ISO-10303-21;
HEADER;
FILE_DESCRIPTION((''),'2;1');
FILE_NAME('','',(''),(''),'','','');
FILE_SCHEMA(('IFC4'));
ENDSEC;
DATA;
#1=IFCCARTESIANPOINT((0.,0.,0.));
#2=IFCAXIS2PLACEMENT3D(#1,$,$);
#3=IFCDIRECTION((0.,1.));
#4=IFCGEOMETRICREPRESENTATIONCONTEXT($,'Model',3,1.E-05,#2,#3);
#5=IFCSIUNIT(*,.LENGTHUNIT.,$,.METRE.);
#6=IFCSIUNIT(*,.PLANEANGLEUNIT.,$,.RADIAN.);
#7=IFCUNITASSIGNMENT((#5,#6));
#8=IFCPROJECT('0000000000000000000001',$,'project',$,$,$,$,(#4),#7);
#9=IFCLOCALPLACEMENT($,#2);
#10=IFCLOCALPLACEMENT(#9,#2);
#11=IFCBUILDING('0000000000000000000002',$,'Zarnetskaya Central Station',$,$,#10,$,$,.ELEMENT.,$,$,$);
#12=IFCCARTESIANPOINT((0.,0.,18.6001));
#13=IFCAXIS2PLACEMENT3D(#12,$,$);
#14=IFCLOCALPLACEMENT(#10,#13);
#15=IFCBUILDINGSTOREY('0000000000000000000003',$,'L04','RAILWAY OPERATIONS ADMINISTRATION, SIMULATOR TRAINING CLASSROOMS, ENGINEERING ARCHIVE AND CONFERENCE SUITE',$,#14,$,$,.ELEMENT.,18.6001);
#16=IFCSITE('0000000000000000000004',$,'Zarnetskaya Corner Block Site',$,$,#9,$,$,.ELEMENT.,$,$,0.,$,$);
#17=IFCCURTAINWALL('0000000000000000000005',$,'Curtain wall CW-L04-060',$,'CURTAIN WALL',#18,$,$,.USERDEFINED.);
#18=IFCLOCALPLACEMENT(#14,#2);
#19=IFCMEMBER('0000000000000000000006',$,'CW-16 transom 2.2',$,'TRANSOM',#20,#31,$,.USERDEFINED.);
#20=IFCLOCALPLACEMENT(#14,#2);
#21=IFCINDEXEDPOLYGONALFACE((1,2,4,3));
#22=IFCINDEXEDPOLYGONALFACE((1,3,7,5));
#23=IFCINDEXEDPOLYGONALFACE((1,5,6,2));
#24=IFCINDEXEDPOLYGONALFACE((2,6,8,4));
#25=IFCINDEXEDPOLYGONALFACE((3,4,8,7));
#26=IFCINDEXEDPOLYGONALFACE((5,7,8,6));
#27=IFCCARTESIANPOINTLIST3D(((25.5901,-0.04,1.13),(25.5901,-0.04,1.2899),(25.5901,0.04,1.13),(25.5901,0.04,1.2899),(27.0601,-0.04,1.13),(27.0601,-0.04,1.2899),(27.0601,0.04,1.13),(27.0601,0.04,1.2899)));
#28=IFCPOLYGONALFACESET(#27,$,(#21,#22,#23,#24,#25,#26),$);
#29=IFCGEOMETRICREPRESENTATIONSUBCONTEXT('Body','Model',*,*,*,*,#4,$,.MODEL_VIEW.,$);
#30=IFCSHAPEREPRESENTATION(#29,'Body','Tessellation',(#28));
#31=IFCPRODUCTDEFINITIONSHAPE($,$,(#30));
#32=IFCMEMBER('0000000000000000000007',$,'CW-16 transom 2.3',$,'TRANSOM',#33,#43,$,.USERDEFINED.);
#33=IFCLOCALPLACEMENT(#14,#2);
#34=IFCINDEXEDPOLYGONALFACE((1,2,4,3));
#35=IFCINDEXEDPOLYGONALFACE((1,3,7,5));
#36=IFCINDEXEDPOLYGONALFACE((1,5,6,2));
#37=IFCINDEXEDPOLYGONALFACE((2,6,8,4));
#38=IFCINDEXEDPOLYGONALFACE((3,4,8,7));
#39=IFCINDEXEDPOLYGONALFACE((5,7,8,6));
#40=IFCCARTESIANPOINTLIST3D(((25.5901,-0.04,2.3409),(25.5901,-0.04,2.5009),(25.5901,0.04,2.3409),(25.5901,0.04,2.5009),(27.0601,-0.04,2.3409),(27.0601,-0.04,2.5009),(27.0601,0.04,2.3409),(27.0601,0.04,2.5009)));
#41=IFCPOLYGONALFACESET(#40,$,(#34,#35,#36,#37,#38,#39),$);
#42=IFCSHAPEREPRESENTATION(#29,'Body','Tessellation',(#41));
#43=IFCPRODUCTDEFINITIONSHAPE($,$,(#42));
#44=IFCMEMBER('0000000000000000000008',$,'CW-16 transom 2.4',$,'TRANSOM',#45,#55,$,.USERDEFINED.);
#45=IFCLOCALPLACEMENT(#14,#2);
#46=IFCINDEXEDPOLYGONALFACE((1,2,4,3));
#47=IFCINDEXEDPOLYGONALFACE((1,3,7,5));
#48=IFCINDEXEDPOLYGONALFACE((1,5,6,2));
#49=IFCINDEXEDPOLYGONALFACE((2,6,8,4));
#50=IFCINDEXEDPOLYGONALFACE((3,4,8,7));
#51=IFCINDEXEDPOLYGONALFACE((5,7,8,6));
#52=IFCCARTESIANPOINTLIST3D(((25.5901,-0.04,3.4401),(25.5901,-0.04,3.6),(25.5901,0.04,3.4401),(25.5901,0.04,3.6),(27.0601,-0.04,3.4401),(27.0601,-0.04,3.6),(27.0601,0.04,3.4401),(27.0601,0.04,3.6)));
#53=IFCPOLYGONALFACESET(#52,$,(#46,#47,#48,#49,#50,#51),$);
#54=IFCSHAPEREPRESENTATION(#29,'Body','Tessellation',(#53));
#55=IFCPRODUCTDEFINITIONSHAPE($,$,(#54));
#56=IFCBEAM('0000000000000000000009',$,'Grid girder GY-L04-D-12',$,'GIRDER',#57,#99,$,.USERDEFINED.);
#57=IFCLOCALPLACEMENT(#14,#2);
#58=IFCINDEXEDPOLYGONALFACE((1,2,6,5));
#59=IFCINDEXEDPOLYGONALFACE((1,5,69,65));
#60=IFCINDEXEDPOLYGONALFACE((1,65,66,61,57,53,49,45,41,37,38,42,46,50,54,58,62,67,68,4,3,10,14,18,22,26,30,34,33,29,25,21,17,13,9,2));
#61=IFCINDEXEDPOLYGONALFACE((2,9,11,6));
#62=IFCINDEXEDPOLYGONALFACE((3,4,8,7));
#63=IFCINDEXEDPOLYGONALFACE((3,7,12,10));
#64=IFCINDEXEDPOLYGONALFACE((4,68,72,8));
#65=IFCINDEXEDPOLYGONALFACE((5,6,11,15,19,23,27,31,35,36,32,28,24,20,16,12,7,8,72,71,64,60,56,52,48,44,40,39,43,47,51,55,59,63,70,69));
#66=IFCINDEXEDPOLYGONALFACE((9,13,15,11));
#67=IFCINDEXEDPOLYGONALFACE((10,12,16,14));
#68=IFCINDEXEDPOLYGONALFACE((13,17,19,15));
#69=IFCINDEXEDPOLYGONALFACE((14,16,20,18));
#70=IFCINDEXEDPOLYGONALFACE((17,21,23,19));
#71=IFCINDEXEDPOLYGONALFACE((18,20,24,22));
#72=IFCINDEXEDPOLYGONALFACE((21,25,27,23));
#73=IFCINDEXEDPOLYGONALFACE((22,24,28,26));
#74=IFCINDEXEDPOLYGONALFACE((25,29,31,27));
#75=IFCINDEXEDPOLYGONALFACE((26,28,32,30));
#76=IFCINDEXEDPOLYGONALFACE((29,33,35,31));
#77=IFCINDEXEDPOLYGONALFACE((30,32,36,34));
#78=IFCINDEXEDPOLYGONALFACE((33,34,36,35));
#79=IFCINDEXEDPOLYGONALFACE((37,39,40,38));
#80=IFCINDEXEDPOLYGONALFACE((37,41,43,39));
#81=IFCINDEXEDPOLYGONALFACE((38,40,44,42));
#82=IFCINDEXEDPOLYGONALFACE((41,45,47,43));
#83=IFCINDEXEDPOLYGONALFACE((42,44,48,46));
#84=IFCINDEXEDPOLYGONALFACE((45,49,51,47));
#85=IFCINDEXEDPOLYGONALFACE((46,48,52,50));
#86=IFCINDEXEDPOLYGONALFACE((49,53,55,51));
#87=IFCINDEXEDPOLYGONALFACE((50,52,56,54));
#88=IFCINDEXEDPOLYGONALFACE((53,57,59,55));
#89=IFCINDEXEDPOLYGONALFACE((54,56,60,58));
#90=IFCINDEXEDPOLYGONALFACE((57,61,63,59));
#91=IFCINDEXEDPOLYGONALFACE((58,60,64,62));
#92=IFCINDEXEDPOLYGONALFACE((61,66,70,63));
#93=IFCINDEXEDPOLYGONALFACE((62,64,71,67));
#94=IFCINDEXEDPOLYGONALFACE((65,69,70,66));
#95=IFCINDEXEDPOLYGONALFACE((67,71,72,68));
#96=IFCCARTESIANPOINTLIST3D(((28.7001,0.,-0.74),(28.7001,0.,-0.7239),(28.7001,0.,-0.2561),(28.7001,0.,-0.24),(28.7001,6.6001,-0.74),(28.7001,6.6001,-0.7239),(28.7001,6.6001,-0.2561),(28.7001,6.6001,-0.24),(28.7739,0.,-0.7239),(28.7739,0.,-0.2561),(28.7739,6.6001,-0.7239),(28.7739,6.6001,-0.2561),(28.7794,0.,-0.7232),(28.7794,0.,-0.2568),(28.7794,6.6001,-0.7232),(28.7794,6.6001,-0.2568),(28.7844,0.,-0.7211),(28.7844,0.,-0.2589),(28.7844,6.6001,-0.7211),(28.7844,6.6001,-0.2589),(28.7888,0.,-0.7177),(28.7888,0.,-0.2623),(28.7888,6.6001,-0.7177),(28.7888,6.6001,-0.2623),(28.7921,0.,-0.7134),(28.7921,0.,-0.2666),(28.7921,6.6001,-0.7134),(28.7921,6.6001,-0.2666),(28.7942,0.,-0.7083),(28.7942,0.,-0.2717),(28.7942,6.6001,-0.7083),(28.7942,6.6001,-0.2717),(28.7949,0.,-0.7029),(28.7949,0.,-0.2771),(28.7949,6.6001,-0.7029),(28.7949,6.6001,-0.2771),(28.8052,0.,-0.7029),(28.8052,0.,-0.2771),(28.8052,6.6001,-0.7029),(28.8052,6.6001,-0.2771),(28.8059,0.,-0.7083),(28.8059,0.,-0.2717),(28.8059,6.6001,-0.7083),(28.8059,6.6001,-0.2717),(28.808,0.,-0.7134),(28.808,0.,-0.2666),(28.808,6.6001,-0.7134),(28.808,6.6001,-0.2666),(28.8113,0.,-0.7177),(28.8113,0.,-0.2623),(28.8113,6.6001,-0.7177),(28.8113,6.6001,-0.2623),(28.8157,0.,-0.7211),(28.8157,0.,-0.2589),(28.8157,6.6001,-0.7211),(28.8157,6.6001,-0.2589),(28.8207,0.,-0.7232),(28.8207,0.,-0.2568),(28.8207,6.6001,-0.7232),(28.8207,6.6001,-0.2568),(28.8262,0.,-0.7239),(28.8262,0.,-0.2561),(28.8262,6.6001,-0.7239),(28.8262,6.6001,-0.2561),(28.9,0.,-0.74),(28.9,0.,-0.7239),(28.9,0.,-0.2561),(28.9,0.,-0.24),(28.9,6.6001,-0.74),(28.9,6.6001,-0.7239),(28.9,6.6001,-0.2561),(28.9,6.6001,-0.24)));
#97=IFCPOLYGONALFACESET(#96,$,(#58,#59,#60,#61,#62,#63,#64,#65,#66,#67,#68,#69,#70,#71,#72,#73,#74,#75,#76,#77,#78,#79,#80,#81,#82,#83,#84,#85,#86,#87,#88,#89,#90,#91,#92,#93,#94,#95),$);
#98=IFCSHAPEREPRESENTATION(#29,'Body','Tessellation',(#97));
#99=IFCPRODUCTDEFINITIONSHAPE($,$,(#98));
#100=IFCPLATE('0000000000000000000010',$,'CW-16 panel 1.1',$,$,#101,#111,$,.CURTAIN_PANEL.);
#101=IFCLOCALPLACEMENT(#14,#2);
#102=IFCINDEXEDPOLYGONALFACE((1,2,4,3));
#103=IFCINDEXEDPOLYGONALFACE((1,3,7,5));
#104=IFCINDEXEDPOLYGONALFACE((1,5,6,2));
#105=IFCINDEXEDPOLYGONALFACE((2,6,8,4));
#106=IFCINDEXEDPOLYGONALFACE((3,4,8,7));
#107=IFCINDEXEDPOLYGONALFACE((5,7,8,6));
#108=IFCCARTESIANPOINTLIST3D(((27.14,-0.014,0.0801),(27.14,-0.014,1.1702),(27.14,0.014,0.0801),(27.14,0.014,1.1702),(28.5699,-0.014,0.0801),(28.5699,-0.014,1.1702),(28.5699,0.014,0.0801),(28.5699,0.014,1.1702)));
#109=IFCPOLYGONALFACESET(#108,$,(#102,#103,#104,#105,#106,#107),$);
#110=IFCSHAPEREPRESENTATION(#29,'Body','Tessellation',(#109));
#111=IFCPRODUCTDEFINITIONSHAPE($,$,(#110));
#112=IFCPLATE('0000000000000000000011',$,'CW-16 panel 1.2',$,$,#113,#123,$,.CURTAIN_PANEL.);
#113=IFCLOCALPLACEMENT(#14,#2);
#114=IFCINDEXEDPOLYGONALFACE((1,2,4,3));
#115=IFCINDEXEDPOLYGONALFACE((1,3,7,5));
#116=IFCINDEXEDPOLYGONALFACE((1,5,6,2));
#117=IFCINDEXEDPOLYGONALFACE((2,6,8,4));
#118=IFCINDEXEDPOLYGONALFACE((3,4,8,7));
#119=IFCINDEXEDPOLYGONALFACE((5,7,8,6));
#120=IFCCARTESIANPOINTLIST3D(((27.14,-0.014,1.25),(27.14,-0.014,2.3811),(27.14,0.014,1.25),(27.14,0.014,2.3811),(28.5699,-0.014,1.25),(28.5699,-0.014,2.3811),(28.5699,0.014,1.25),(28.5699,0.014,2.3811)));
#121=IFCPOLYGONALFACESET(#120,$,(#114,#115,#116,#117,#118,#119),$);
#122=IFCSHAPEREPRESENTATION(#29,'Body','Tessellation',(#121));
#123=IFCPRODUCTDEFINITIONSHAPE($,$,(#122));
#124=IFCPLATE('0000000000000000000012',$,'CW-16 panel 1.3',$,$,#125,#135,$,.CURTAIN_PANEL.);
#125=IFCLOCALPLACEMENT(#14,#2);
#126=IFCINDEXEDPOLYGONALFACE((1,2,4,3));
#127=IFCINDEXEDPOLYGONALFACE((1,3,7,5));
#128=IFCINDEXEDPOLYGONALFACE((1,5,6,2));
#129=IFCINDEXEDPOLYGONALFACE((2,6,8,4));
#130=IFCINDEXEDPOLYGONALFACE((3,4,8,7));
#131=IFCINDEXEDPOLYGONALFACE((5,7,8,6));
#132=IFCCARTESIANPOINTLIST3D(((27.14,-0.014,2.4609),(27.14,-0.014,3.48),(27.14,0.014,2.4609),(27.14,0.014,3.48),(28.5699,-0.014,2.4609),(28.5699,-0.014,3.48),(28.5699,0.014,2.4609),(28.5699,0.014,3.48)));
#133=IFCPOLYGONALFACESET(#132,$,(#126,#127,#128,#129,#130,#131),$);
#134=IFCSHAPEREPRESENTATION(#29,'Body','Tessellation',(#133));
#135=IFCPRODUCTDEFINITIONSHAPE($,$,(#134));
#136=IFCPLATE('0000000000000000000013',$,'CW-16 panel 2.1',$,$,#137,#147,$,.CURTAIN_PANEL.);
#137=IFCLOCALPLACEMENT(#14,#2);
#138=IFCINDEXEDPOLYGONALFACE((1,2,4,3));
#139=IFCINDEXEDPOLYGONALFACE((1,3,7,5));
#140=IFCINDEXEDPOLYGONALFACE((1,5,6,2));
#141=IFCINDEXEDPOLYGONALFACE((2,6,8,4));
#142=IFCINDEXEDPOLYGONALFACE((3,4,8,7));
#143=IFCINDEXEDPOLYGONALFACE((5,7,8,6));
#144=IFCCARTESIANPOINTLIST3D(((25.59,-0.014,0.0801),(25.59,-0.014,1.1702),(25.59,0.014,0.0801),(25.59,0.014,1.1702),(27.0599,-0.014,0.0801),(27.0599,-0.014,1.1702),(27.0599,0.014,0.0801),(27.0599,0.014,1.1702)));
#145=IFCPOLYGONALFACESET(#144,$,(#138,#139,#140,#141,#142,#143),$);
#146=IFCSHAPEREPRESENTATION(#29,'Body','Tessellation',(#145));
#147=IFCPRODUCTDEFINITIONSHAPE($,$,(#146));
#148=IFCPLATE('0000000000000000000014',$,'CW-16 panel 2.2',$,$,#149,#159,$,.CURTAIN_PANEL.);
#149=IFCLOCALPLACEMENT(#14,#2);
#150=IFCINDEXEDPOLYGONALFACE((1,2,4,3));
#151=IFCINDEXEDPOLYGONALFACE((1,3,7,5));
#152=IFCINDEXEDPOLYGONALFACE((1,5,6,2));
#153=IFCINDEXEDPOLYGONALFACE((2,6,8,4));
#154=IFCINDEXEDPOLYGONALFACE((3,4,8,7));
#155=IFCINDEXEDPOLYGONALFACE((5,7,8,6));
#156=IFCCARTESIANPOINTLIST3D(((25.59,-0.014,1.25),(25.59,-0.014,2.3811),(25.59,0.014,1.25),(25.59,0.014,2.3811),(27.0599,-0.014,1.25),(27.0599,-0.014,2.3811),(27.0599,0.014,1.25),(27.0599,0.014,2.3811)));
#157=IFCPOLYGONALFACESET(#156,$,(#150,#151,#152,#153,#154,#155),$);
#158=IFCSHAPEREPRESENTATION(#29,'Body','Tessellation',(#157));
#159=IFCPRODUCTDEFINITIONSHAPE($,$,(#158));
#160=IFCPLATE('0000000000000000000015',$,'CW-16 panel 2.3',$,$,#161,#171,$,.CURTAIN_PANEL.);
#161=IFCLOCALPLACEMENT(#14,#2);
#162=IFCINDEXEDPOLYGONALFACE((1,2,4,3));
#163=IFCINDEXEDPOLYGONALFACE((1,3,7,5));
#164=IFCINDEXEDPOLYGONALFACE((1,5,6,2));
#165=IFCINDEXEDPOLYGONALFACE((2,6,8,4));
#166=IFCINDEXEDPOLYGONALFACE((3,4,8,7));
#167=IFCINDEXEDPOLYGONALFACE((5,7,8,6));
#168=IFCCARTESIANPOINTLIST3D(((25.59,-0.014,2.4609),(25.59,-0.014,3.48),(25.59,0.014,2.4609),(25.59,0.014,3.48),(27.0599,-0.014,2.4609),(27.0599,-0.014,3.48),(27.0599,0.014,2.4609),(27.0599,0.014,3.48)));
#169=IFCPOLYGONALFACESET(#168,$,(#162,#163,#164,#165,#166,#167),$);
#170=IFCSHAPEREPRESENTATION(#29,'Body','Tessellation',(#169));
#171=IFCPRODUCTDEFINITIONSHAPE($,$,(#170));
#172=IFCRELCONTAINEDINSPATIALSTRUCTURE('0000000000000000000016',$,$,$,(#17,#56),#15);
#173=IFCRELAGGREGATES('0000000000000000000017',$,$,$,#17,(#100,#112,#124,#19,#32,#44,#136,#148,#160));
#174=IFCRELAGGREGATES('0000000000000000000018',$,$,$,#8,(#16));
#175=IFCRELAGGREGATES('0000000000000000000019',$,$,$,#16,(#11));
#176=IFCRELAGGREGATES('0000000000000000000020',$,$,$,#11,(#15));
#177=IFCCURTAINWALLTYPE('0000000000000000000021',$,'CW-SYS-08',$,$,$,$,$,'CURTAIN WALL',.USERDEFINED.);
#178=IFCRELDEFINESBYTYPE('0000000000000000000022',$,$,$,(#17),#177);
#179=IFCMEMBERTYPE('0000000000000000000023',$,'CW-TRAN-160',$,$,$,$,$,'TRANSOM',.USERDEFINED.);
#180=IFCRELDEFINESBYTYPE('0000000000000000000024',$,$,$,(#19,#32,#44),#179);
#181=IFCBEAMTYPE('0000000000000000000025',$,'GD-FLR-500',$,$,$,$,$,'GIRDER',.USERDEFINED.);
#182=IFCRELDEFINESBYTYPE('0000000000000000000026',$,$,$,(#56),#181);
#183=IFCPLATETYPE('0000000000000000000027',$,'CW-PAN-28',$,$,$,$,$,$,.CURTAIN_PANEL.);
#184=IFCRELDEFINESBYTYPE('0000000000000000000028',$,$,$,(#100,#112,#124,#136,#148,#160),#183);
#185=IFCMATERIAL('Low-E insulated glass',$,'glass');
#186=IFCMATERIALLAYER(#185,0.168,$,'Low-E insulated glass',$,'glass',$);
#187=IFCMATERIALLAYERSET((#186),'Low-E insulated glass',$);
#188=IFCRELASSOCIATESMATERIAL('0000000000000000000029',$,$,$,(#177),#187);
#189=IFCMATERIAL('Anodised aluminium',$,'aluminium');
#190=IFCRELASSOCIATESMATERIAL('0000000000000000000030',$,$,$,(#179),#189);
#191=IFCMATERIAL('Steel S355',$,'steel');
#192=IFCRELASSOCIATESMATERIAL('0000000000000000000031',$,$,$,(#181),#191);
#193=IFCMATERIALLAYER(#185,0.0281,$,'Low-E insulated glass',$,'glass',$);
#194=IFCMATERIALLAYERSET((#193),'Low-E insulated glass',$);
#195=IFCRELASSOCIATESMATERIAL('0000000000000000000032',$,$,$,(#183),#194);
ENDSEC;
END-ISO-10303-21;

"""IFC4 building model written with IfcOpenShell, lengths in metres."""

from ifc_helpers import new_model, si_unit, direction, frame, origin, origin_2d, place, context, subcontext, project, spatial, rectangle, i_section, extrude, material, layer, layer_set, material_profile, profile_set, type_object, element, aggregate, save


model = new_model("IFC4")

# Units and contexts
model_context = context("Model", 3, precision=1e-05, world=origin(), true_north=direction((0.0, 1.0)))
body_context = subcontext(model_context, "Body", "Model", "MODEL_VIEW")
ifc_project = project(units=[si_unit("LENGTHUNIT", "METRE"), si_unit("PLANEANGLEUNIT", "RADIAN")], contexts=[model_context])

# Site, building, storey
site_placement = place(None, origin())
site = spatial("IfcSite", under=ifc_project, at=site_placement, Name="Zarnetskaya Corner Block Site", CompositionType="ELEMENT", RefElevation=0.0)
building_placement = place(site_placement, origin())
building = spatial("IfcBuilding", under=site, at=building_placement, Name="Zarnetskaya Central Station", CompositionType="ELEMENT")
storey_placement = place(building_placement, frame((0.0, 0.0, 18.6001)))
storey = spatial("IfcBuildingStorey", under=building, at=storey_placement, Name="L04", Description="RAILWAY OPERATIONS ADMINISTRATION, SIMULATOR TRAINING CLASSROOMS, ENGINEERING ARCHIVE AND CONFERENCE SUITE", CompositionType="ELEMENT", Elevation=18.6001)

# Shared definitions
ifc_material_1 = material(Name="Steel S355", Category="steel")

# Curtain wall, members
ifc_material_2 = material(Name="Low-E insulated glass", Category="glass")
ifc_layer_1 = layer(ifc_material_2, 0.168, Name="Low-E insulated glass", Category="glass")
ifc_layer_set_1 = layer_set([ifc_layer_1], Name="Low-E insulated glass")
curtain_wall_type = type_object("IfcCurtainWallType", Name="CW-SYS-08", ElementType="CURTAIN WALL", PredefinedType="USERDEFINED", material=ifc_layer_set_1)
curtain_wall_placement = place(storey_placement, origin())
curtain_wall = element("IfcCurtainWall", 1, at=curtain_wall_placement, inside=storey, type_object=curtain_wall_type, Name="Curtain wall CW-L04-060", ObjectType="CURTAIN WALL", PredefinedType="USERDEFINED")
ifc_material_3 = material(Name="Anodised aluminium", Category="aluminium")
ifc_material_profile_1 = material_profile(ifc_material_3, rectangle(XDim=0.0801, YDim=0.1599, at=origin_2d()), Name="ALU TRAN 80x160")
ifc_profile_set_1 = profile_set([ifc_material_profile_1], Name="Anodised aluminium")
member_type_1 = type_object("IfcMemberType", Name="CW-TRAN-160", ElementType="TRANSOM", PredefinedType="USERDEFINED", material=ifc_profile_set_1)
member_1_placement = place(storey_placement, frame((27.0601, 0.0, 1.21), z_axis=(-1.0, 0.0, 0.0), x_axis=(0.0, -1.0, 0.0)))
member_1 = element("IfcMember", 2, at=member_1_placement, type_object=member_type_1, Name="CW-16 transom 2.2", ObjectType="TRANSOM", PredefinedType="USERDEFINED", context=body_context, shape_type="SweptSolid", body=[
    extrude(rectangle(XDim=0.0801, YDim=0.1599, at=origin_2d()), origin(), (0.0, 0.0, 1.0), 1.47),
])
member_2_placement = place(storey_placement, frame((27.0601, 0.0, 2.4209), z_axis=(-1.0, 0.0, 0.0), x_axis=(0.0, -1.0, 0.0)))
member_2 = element("IfcMember", 3, at=member_2_placement, type_object=member_type_1, Name="CW-16 transom 2.3", ObjectType="TRANSOM", PredefinedType="USERDEFINED", context=body_context, shape_type="SweptSolid", body=[
    extrude(rectangle(XDim=0.0801, YDim=0.1599, at=origin_2d()), origin(), (0.0, 0.0, 1.0), 1.47),
])
member_3_placement = place(storey_placement, frame((27.0601, 0.0, 3.52), z_axis=(-1.0, 0.0, 0.0), x_axis=(0.0, -1.0, 0.0)))
member_3 = element("IfcMember", 4, at=member_3_placement, type_object=member_type_1, Name="CW-16 transom 2.4", ObjectType="TRANSOM", PredefinedType="USERDEFINED", context=body_context, shape_type="SweptSolid", body=[
    extrude(rectangle(XDim=0.0801, YDim=0.1599, at=origin_2d()), origin(), (0.0, 0.0, 1.0), 1.47),
])

# Beam
ifc_material_profile_2 = material_profile(ifc_material_1, i_section(OverallWidth=0.2, OverallDepth=0.5, WebThickness=0.0103, FlangeThickness=0.0161, FilletRadius=0.021, at=origin_2d()), Name="IPE 500")
ifc_profile_set_2 = profile_set([ifc_material_profile_2], Name="Steel S355")
beam_type_1 = type_object("IfcBeamType", Name="GD-FLR-500", ElementType="GIRDER", PredefinedType="USERDEFINED", material=ifc_profile_set_2)
beam_1_placement = place(storey_placement, frame((28.8, 0.0, -0.49), z_axis=(0.0, 1.0, 0.0), x_axis=(-1.0, 0.0, 0.0)))
element("IfcBeam", 5, at=beam_1_placement, inside=storey, type_object=beam_type_1, Name="Grid girder GY-L04-D-12", ObjectType="GIRDER", PredefinedType="USERDEFINED", context=body_context, shape_type="SweptSolid", body=[
    extrude(i_section(OverallWidth=0.2, OverallDepth=0.5, WebThickness=0.0103, FlangeThickness=0.0161, FilletRadius=0.021, at=origin_2d()), origin(), (0.0, 0.0, 1.0), 6.6001),
])

# Plates
ifc_layer_2 = layer(ifc_material_2, 0.0281, Name="Low-E insulated glass", Category="glass")
ifc_layer_set_2 = layer_set([ifc_layer_2], Name="Low-E insulated glass")
plate_type = type_object("IfcPlateType", Name="CW-PAN-28", PredefinedType="CURTAIN_PANEL", material=ifc_layer_set_2)
plate_1_placement = place(storey_placement, frame((27.855, 0.0, 0.0801), z_axis=(0.0, 0.0, 1.0), x_axis=(-1.0, 0.0, 0.0)))
plate_1 = element("IfcPlate", 6, at=plate_1_placement, type_object=plate_type, Name="CW-16 panel 1.1", PredefinedType="CURTAIN_PANEL", context=body_context, shape_type="SweptSolid", body=[
    extrude(rectangle(XDim=1.4299, YDim=0.0281, at=origin_2d()), origin(), (0.0, 0.0, 1.0), 1.0901),
])
plate_2_placement = place(storey_placement, frame((27.855, 0.0, 1.25), z_axis=(0.0, 0.0, 1.0), x_axis=(-1.0, 0.0, 0.0)))
plate_2 = element("IfcPlate", 7, at=plate_2_placement, type_object=plate_type, Name="CW-16 panel 1.2", PredefinedType="CURTAIN_PANEL", context=body_context, shape_type="SweptSolid", body=[
    extrude(rectangle(XDim=1.4299, YDim=0.0281, at=origin_2d()), origin(), (0.0, 0.0, 1.0), 1.1311),
])
plate_3_placement = place(storey_placement, frame((27.855, 0.0, 2.4609), z_axis=(0.0, 0.0, 1.0), x_axis=(-1.0, 0.0, 0.0)))
plate_3 = element("IfcPlate", 8, at=plate_3_placement, type_object=plate_type, Name="CW-16 panel 1.3", PredefinedType="CURTAIN_PANEL", context=body_context, shape_type="SweptSolid", body=[
    extrude(rectangle(XDim=1.4299, YDim=0.0281, at=origin_2d()), origin(), (0.0, 0.0, 1.0), 1.019),
])
plate_4_placement = place(storey_placement, frame((26.325, 0.0, 0.0801), z_axis=(0.0, 0.0, 1.0), x_axis=(-1.0, 0.0, 0.0)))
plate_4 = element("IfcPlate", 9, at=plate_4_placement, type_object=plate_type, Name="CW-16 panel 2.1", PredefinedType="CURTAIN_PANEL", context=body_context, shape_type="SweptSolid", body=[
    extrude(rectangle(XDim=1.47, YDim=0.0281, at=origin_2d()), origin(), (0.0, 0.0, 1.0), 1.0901),
])
plate_5_placement = place(storey_placement, frame((26.325, 0.0, 1.25), z_axis=(0.0, 0.0, 1.0), x_axis=(-1.0, 0.0, 0.0)))
plate_5 = element("IfcPlate", 10, at=plate_5_placement, type_object=plate_type, Name="CW-16 panel 2.2", PredefinedType="CURTAIN_PANEL", context=body_context, shape_type="SweptSolid", body=[
    extrude(rectangle(XDim=1.47, YDim=0.0281, at=origin_2d()), origin(), (0.0, 0.0, 1.0), 1.1311),
])
plate_6_placement = place(storey_placement, frame((26.325, 0.0, 2.4609), z_axis=(0.0, 0.0, 1.0), x_axis=(-1.0, 0.0, 0.0)))
plate_6 = element("IfcPlate", 11, at=plate_6_placement, type_object=plate_type, Name="CW-16 panel 2.3", PredefinedType="CURTAIN_PANEL", context=body_context, shape_type="SweptSolid", body=[
    extrude(rectangle(XDim=1.47, YDim=0.0281, at=origin_2d()), origin(), (0.0, 0.0, 1.0), 1.019),
])
aggregate(curtain_wall, [plate_1, plate_2, plate_3, member_1, member_2, member_3, plate_4, plate_5, plate_6])

save(model, "model.ifc")
